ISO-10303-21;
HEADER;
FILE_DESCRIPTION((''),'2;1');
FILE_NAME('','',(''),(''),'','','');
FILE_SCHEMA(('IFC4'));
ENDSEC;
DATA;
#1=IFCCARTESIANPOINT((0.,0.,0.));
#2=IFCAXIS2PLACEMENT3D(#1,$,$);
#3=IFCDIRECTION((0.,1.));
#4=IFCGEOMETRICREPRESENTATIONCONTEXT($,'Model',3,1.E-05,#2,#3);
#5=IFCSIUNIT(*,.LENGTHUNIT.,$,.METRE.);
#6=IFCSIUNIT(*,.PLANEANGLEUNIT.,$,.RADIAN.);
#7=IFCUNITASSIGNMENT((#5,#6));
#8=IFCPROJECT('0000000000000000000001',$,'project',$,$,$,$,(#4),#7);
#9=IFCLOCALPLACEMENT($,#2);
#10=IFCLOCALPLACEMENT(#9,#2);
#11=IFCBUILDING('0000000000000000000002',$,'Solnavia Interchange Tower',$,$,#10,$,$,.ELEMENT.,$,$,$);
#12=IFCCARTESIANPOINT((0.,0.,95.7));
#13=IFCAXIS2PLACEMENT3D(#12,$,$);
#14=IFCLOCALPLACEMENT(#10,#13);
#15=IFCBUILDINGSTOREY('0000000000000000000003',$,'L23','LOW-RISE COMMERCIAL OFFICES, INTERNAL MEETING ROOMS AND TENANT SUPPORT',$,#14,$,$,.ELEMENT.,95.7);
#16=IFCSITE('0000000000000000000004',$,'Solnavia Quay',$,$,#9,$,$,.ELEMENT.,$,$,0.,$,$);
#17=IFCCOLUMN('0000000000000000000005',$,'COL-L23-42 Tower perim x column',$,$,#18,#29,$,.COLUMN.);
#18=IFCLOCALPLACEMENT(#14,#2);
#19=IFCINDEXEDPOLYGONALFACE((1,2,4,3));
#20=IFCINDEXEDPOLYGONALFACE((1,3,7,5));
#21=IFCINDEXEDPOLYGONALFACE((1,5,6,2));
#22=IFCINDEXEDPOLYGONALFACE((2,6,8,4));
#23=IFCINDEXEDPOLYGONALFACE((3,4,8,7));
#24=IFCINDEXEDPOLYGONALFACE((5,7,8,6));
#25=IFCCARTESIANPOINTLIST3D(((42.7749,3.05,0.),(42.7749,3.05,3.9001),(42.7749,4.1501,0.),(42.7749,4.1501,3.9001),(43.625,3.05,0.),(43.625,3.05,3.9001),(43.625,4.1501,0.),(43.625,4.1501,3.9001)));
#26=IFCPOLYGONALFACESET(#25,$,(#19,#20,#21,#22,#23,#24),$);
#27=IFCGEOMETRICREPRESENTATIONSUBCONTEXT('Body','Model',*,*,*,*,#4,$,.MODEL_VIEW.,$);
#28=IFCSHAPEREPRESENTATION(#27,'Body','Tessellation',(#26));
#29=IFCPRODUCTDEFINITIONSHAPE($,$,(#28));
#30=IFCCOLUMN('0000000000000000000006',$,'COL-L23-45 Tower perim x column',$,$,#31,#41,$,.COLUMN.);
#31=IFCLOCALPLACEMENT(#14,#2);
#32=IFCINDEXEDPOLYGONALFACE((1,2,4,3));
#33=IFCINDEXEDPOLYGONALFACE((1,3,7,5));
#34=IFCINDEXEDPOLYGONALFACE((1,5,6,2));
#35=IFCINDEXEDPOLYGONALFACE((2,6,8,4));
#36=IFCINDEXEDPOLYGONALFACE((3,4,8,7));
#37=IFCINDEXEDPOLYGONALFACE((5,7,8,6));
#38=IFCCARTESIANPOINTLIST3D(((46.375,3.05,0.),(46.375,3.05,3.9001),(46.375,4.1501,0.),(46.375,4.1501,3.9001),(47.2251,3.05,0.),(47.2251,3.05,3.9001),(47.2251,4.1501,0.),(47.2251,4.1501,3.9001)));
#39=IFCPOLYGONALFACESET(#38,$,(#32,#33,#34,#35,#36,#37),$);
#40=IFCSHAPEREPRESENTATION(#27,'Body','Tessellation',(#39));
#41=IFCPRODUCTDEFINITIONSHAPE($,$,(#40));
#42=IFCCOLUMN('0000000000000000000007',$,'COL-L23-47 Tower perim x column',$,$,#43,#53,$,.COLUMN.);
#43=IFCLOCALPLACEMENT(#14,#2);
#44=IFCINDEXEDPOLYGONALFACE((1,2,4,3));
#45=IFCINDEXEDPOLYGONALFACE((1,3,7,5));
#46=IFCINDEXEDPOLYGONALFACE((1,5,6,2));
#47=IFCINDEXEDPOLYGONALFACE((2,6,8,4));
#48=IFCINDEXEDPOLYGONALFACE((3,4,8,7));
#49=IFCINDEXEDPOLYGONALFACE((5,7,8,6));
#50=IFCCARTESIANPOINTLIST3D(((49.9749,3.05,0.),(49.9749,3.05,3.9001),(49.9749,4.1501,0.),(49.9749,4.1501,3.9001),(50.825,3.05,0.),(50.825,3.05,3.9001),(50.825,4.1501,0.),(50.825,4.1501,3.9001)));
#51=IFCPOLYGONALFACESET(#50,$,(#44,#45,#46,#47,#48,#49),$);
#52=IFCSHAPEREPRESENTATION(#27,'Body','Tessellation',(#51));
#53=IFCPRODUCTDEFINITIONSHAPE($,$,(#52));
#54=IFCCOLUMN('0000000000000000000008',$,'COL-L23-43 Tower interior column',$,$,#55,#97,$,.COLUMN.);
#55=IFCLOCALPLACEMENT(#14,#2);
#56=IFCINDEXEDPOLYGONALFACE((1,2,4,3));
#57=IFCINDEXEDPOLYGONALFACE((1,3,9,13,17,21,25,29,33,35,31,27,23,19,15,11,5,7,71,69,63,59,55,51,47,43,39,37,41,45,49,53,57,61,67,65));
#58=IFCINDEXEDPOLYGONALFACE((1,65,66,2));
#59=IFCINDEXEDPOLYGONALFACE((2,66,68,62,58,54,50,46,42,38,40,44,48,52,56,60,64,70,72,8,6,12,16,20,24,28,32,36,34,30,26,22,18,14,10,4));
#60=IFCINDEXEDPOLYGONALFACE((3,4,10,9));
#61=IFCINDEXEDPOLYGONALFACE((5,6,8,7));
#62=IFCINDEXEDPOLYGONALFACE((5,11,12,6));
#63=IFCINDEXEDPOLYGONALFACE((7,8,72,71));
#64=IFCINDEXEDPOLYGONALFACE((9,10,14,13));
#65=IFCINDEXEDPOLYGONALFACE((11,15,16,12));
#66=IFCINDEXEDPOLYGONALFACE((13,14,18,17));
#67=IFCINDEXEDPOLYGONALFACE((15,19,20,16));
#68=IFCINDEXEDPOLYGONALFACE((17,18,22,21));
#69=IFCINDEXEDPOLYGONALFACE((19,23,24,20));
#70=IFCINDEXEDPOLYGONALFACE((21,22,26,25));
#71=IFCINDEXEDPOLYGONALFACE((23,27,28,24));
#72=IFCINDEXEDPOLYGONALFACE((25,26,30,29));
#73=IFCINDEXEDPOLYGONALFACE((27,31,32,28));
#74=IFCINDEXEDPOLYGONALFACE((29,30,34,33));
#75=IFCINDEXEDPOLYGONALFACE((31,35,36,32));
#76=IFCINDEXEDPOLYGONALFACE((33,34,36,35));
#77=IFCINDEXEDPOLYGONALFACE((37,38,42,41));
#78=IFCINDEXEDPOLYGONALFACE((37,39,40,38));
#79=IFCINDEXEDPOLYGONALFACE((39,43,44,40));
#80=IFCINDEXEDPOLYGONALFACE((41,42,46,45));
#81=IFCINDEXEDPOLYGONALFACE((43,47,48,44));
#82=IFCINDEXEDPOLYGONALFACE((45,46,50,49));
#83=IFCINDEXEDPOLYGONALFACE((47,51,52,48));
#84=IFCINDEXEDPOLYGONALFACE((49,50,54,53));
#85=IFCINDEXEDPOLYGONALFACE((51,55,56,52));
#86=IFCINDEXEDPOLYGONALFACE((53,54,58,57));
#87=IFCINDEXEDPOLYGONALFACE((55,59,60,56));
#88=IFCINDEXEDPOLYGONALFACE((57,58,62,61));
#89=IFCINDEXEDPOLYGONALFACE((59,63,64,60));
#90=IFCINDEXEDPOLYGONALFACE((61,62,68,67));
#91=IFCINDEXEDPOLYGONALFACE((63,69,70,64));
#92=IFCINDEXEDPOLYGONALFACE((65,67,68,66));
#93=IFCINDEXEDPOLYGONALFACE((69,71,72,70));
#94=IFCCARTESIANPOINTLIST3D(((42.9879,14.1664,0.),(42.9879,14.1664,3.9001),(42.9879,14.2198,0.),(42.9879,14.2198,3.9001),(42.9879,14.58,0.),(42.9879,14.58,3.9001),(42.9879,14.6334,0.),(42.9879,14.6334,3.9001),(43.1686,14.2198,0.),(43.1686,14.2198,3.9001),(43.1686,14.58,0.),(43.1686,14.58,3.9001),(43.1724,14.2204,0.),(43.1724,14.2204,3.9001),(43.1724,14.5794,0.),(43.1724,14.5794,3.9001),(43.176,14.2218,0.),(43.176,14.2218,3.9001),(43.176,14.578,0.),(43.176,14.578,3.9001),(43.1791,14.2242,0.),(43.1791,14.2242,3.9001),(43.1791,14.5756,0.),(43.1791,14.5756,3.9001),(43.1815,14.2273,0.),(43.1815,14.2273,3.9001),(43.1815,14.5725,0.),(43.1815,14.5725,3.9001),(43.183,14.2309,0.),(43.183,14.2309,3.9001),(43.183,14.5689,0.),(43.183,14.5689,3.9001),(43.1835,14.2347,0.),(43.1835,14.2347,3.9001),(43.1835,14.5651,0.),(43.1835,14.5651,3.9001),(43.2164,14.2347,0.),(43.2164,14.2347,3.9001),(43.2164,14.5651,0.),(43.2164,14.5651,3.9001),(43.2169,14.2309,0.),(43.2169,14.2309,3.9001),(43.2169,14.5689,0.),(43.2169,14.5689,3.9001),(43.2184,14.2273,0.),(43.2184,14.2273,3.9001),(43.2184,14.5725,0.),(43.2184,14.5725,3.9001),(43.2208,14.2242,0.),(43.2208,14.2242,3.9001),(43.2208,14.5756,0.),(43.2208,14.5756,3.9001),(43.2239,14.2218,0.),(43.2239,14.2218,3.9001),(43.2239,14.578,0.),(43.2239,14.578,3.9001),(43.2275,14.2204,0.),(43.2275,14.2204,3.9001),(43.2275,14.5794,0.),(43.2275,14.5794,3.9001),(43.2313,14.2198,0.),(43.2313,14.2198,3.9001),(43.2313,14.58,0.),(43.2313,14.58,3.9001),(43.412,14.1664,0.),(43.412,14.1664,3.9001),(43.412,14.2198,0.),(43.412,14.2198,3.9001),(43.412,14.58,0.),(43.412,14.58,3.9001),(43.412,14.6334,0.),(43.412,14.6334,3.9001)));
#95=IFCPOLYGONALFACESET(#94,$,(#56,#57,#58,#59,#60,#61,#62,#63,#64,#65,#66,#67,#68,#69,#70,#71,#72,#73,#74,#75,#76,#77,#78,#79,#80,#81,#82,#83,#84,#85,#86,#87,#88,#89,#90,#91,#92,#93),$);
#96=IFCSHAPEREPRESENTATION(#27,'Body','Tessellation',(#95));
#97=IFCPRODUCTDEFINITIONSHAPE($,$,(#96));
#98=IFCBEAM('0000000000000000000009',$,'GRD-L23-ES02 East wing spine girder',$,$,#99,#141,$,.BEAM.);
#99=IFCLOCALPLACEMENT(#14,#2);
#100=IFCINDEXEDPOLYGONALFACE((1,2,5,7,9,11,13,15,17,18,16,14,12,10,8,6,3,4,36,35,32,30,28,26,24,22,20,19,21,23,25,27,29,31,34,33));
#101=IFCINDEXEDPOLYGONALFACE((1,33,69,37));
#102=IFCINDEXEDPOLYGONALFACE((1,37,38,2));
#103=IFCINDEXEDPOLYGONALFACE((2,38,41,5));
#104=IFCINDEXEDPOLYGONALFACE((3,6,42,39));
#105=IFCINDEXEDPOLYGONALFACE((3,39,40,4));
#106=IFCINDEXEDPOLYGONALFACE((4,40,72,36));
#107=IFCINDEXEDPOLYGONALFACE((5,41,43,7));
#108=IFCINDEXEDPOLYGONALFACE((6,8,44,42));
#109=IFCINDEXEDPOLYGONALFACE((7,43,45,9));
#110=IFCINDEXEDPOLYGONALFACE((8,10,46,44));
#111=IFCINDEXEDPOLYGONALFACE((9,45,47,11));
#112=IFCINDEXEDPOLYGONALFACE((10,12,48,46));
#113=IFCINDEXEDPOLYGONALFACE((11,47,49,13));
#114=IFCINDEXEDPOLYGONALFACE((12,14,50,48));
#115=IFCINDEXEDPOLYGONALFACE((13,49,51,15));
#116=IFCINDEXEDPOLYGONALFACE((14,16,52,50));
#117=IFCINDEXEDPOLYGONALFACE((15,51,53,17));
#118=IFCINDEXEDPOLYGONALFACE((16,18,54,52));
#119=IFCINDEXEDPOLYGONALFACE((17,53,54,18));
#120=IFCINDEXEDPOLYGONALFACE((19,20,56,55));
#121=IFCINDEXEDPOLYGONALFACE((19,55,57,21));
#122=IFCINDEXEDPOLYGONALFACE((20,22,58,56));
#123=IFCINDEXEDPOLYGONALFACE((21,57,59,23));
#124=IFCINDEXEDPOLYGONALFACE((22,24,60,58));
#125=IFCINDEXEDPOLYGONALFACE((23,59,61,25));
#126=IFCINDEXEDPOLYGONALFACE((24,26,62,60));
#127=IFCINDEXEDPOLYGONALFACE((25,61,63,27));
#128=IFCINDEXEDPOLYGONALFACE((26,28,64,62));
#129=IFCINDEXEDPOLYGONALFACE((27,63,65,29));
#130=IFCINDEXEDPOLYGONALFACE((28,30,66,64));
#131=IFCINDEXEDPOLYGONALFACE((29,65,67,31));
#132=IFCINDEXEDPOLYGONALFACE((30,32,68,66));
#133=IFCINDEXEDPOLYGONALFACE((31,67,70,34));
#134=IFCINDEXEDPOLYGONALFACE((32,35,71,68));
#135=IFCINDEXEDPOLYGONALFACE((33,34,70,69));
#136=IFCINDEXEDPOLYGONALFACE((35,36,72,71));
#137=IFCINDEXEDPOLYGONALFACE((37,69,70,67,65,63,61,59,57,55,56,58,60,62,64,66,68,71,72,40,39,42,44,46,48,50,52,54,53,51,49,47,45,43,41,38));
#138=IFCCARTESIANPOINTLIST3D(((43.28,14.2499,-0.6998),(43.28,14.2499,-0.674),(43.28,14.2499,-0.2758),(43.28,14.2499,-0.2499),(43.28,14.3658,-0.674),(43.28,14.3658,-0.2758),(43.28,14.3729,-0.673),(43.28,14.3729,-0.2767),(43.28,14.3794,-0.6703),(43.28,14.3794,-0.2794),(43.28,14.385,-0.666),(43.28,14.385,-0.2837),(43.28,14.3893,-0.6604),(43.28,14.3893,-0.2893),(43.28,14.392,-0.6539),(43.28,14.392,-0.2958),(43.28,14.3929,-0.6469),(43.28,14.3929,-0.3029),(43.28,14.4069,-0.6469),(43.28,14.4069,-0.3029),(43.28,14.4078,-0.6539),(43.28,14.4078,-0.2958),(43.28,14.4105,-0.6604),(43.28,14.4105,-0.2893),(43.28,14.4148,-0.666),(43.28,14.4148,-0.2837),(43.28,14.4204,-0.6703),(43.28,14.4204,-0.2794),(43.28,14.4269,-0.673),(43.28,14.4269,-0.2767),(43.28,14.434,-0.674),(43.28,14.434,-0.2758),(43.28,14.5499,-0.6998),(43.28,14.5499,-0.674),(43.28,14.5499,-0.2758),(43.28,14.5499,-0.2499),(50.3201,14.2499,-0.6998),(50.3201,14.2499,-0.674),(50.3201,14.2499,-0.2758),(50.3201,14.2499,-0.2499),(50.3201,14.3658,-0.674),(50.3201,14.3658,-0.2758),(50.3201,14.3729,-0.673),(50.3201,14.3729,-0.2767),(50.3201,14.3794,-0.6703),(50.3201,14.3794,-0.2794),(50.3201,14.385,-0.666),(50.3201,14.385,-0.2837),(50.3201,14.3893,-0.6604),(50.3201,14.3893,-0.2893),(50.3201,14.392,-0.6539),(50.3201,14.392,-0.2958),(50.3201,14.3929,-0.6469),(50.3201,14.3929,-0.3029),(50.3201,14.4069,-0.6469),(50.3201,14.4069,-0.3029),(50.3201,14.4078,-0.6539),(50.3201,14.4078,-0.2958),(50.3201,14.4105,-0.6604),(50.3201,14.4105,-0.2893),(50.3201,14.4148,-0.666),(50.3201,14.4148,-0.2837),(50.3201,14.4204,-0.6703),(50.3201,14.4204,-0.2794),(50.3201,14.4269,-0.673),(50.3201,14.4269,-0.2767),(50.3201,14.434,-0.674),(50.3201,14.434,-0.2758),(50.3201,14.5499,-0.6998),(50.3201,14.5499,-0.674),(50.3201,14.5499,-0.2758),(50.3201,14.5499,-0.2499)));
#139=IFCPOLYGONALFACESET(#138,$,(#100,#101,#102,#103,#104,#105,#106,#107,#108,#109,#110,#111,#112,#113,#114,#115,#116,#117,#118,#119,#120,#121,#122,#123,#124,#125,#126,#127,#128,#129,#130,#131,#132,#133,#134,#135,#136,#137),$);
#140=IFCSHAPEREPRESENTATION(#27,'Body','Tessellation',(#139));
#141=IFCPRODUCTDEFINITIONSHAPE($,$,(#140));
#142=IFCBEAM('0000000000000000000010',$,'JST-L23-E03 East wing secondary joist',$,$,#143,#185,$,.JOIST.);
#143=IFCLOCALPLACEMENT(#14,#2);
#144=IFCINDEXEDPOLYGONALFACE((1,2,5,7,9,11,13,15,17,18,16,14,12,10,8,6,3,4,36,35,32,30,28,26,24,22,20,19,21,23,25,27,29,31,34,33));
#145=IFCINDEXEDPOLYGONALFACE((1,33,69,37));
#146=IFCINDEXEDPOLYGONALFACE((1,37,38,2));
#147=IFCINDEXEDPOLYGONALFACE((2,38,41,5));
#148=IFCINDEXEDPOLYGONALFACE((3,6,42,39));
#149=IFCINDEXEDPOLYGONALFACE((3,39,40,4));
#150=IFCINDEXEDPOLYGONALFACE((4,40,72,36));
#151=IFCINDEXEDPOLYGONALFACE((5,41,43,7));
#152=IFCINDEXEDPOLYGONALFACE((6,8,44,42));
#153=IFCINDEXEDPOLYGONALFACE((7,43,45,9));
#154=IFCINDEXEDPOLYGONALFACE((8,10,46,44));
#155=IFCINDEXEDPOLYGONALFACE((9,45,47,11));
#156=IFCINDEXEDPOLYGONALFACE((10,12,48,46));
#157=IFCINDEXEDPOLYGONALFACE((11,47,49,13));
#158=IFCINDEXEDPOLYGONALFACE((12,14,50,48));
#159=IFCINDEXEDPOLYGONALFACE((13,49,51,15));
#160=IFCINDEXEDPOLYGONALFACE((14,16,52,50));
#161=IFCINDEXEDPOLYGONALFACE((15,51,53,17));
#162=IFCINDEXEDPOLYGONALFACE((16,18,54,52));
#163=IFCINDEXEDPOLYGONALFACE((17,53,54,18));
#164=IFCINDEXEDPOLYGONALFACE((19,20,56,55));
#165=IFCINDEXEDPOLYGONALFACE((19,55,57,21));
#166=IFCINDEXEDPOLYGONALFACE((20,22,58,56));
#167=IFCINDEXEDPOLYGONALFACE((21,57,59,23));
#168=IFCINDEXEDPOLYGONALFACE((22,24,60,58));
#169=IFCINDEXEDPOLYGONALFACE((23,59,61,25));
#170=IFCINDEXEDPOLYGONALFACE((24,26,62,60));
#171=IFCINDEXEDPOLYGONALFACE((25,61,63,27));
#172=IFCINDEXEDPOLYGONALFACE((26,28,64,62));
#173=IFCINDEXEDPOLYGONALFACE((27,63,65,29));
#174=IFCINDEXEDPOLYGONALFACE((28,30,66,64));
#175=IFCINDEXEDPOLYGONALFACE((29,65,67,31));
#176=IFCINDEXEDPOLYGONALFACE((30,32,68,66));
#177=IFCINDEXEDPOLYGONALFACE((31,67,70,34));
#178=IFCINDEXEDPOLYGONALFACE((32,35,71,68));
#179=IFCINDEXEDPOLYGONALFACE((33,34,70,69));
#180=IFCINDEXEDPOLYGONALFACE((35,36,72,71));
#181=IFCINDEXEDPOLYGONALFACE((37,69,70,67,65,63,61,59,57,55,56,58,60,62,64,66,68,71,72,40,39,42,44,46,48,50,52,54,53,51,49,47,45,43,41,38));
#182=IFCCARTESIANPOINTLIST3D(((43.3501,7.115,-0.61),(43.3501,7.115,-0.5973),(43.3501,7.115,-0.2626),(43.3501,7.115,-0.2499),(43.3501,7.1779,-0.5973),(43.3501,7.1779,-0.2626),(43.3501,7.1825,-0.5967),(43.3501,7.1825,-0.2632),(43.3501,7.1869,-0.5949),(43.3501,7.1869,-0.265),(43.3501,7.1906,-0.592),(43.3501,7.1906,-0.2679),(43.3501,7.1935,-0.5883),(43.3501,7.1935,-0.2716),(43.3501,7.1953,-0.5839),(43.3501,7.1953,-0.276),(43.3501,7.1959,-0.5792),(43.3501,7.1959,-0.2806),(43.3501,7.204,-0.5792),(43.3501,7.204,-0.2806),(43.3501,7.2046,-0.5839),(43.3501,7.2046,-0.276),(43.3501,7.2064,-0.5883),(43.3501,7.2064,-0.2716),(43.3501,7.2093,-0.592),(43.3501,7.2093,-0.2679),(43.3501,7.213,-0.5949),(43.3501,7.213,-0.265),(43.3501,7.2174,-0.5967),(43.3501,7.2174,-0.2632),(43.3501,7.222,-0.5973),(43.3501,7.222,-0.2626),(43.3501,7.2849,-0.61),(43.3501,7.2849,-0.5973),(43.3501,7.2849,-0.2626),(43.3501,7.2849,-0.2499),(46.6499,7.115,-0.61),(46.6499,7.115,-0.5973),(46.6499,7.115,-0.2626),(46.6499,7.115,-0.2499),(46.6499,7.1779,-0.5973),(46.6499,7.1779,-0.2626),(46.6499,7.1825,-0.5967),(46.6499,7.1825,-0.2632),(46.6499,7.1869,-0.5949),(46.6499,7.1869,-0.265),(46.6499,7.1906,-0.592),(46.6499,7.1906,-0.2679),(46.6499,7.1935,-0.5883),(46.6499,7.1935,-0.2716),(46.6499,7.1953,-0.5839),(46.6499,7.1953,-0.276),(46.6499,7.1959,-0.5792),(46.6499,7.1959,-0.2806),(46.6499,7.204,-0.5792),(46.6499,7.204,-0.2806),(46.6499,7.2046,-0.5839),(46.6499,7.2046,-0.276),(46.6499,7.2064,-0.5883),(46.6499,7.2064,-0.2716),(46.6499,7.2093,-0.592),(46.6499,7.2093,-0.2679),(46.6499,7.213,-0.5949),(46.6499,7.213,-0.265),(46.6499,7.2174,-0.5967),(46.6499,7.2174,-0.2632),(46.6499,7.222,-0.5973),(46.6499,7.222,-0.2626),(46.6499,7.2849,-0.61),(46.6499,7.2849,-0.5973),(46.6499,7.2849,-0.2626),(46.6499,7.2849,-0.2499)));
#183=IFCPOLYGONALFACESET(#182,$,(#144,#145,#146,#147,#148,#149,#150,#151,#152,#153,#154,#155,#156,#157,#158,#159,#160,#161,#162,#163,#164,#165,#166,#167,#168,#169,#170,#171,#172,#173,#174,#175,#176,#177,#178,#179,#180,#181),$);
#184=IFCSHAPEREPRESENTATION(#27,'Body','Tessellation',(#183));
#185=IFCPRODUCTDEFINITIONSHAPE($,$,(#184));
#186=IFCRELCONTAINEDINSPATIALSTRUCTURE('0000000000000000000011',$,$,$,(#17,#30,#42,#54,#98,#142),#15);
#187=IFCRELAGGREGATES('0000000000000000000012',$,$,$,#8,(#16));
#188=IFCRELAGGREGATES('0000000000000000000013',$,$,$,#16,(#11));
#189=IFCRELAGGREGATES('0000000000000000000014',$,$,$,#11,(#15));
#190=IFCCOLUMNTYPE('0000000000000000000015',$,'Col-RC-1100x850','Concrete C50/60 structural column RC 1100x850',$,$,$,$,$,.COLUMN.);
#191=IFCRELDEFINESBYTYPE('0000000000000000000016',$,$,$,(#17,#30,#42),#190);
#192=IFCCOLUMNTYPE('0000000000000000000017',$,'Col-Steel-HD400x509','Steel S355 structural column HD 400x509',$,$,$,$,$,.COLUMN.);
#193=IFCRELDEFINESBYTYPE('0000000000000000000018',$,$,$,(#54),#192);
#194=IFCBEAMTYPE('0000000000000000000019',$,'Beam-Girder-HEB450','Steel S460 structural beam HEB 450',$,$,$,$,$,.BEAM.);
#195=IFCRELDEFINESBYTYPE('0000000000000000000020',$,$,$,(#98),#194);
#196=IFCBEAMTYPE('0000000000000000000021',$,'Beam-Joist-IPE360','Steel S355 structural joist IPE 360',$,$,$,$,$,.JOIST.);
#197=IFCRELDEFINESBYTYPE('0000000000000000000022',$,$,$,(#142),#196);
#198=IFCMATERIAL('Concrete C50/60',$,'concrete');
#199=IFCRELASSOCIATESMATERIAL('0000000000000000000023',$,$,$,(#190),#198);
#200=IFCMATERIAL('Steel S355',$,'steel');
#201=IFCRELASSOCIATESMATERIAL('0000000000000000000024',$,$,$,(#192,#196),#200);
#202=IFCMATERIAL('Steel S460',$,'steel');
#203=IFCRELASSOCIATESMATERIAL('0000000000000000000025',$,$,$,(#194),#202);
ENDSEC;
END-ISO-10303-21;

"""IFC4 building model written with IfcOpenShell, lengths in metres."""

from ifc_helpers import new_model, si_unit, direction, frame, origin, origin_2d, place, context, subcontext, project, spatial, rectangle, i_section, extrude, material, material_profile, profile_set, type_object, element, save


model = new_model("IFC4")

# Units and contexts
model_context = context("Model", 3, precision=1e-05, world=origin(), true_north=direction((0.0, 1.0)))
body_context = subcontext(model_context, "Body", "Model", "MODEL_VIEW")
ifc_project = project(units=[si_unit("LENGTHUNIT", "METRE"), si_unit("PLANEANGLEUNIT", "RADIAN")], contexts=[model_context])

# Site, building, storey
site_placement = place(None, origin())
site = spatial("IfcSite", under=ifc_project, at=site_placement, Name="Solnavia Quay", CompositionType="ELEMENT", RefElevation=0.0)
building_placement = place(site_placement, origin())
building = spatial("IfcBuilding", under=site, at=building_placement, Name="Solnavia Interchange Tower", CompositionType="ELEMENT")
storey_placement = place(building_placement, frame((0.0, 0.0, 95.7)))
storey = spatial("IfcBuildingStorey", under=building, at=storey_placement, Name="L23", Description="LOW-RISE COMMERCIAL OFFICES, INTERNAL MEETING ROOMS AND TENANT SUPPORT", CompositionType="ELEMENT", Elevation=95.7)

# Columns
ifc_material_1 = material(Name="Concrete C50/60", Category="concrete")
ifc_material_profile_1 = material_profile(ifc_material_1, rectangle(XDim=0.8501, YDim=1.1001, at=origin_2d()), Name="RC 1100x850")
ifc_profile_set_1 = profile_set([ifc_material_profile_1], Name="Concrete C50/60")
column_type_1 = type_object("IfcColumnType", Name="Col-RC-1100x850", Description="Concrete C50/60 structural column RC 1100x850", PredefinedType="COLUMN", material=ifc_profile_set_1)
for number, where, z_axis, x_axis, name in (
    (1, (43.2, 3.6001, 0.0), (0.0, 0.0, 1.0), (1.0, 0.0, 0.0), "COL-L23-42 Tower perim x column"),
    (2, (46.8, 3.6001, 0.0), (0.0, 0.0, 1.0), (1.0, 0.0, 0.0), "COL-L23-45 Tower perim x column"),
    (3, (50.3999, 3.6001, 0.0), (0.0, 0.0, 1.0), (1.0, 0.0, 0.0), "COL-L23-47 Tower perim x column"),
):
    element("IfcColumn", number, at=place(storey_placement, frame(where, z_axis=z_axis, x_axis=x_axis)), inside=storey, type_object=column_type_1, Name=name, PredefinedType="COLUMN", context=body_context, shape_type="SweptSolid", body=[
        extrude(rectangle(XDim=0.8501, YDim=1.1001, at=origin_2d()), origin(), (0.0, 0.0, 1.0), 3.9001),
    ])
ifc_material_2 = material(Name="Steel S355", Category="steel")
ifc_material_profile_2 = material_profile(ifc_material_2, i_section(OverallWidth=0.4241, OverallDepth=0.467, WebThickness=0.033, FlangeThickness=0.0535, FilletRadius=0.0149, at=origin_2d()), Name="HD 400x509")
ifc_profile_set_2 = profile_set([ifc_material_profile_2], Name="Steel S355")
column_type_2 = type_object("IfcColumnType", Name="Col-Steel-HD400x509", Description="Steel S355 structural column HD 400x509", PredefinedType="COLUMN", material=ifc_profile_set_2)
column_placement = place(storey_placement, frame((43.2, 14.3999, 0.0), z_axis=(0.0, 0.0, 1.0), x_axis=(1.0, 0.0, 0.0)))
element("IfcColumn", 4, at=column_placement, inside=storey, type_object=column_type_2, Name="COL-L23-43 Tower interior column", PredefinedType="COLUMN", context=body_context, shape_type="SweptSolid", body=[
    extrude(i_section(OverallWidth=0.4241, OverallDepth=0.467, WebThickness=0.033, FlangeThickness=0.0535, FilletRadius=0.0149, at=origin_2d()), origin(), (0.0, 0.0, 1.0), 3.9001),
])

# Beams
ifc_material_3 = material(Name="Steel S460", Category="steel")
ifc_material_profile_3 = material_profile(ifc_material_3, i_section(OverallWidth=0.3, OverallDepth=0.45, WebThickness=0.0139, FlangeThickness=0.0259, FilletRadius=0.0271, at=origin_2d()), Name="HEB 450")
ifc_profile_set_3 = profile_set([ifc_material_profile_3], Name="Steel S460")
beam_type_1 = type_object("IfcBeamType", Name="Beam-Girder-HEB450", Description="Steel S460 structural beam HEB 450", PredefinedType="BEAM", material=ifc_profile_set_3)
beam_1_placement = place(storey_placement, frame((43.28, 14.3999, -0.4749), z_axis=(1.0, 0.0, 0.0), x_axis=(0.0, 1.0, 0.0)))
element("IfcBeam", 5, at=beam_1_placement, inside=storey, type_object=beam_type_1, Name="GRD-L23-ES02 East wing spine girder", PredefinedType="BEAM", context=body_context, shape_type="SweptSolid", body=[
    extrude(i_section(OverallWidth=0.3, OverallDepth=0.45, WebThickness=0.0139, FlangeThickness=0.0259, FilletRadius=0.0271, at=origin_2d()), origin(), (0.0, 0.0, 1.0), 7.04),
])
ifc_material_profile_4 = material_profile(ifc_material_2, i_section(OverallWidth=0.1699, OverallDepth=0.3601, WebThickness=0.0081, FlangeThickness=0.0127, FilletRadius=0.0181, at=origin_2d()), Name="IPE 360")
ifc_profile_set_4 = profile_set([ifc_material_profile_4], Name="Steel S355")
beam_type_2 = type_object("IfcBeamType", Name="Beam-Joist-IPE360", Description="Steel S355 structural joist IPE 360", PredefinedType="JOIST", material=ifc_profile_set_4)
beam_2_placement = place(storey_placement, frame((43.3501, 7.2, -0.4299), z_axis=(1.0, 0.0, 0.0), x_axis=(0.0, 1.0, 0.0)))
element("IfcBeam", 6, at=beam_2_placement, inside=storey, type_object=beam_type_2, Name="JST-L23-E03 East wing secondary joist", PredefinedType="JOIST", context=body_context, shape_type="SweptSolid", body=[
    extrude(i_section(OverallWidth=0.1699, OverallDepth=0.3601, WebThickness=0.0081, FlangeThickness=0.0127, FilletRadius=0.0181, at=origin_2d()), origin(), (0.0, 0.0, 1.0), 3.2998),
])

save(model, "model.ifc")
